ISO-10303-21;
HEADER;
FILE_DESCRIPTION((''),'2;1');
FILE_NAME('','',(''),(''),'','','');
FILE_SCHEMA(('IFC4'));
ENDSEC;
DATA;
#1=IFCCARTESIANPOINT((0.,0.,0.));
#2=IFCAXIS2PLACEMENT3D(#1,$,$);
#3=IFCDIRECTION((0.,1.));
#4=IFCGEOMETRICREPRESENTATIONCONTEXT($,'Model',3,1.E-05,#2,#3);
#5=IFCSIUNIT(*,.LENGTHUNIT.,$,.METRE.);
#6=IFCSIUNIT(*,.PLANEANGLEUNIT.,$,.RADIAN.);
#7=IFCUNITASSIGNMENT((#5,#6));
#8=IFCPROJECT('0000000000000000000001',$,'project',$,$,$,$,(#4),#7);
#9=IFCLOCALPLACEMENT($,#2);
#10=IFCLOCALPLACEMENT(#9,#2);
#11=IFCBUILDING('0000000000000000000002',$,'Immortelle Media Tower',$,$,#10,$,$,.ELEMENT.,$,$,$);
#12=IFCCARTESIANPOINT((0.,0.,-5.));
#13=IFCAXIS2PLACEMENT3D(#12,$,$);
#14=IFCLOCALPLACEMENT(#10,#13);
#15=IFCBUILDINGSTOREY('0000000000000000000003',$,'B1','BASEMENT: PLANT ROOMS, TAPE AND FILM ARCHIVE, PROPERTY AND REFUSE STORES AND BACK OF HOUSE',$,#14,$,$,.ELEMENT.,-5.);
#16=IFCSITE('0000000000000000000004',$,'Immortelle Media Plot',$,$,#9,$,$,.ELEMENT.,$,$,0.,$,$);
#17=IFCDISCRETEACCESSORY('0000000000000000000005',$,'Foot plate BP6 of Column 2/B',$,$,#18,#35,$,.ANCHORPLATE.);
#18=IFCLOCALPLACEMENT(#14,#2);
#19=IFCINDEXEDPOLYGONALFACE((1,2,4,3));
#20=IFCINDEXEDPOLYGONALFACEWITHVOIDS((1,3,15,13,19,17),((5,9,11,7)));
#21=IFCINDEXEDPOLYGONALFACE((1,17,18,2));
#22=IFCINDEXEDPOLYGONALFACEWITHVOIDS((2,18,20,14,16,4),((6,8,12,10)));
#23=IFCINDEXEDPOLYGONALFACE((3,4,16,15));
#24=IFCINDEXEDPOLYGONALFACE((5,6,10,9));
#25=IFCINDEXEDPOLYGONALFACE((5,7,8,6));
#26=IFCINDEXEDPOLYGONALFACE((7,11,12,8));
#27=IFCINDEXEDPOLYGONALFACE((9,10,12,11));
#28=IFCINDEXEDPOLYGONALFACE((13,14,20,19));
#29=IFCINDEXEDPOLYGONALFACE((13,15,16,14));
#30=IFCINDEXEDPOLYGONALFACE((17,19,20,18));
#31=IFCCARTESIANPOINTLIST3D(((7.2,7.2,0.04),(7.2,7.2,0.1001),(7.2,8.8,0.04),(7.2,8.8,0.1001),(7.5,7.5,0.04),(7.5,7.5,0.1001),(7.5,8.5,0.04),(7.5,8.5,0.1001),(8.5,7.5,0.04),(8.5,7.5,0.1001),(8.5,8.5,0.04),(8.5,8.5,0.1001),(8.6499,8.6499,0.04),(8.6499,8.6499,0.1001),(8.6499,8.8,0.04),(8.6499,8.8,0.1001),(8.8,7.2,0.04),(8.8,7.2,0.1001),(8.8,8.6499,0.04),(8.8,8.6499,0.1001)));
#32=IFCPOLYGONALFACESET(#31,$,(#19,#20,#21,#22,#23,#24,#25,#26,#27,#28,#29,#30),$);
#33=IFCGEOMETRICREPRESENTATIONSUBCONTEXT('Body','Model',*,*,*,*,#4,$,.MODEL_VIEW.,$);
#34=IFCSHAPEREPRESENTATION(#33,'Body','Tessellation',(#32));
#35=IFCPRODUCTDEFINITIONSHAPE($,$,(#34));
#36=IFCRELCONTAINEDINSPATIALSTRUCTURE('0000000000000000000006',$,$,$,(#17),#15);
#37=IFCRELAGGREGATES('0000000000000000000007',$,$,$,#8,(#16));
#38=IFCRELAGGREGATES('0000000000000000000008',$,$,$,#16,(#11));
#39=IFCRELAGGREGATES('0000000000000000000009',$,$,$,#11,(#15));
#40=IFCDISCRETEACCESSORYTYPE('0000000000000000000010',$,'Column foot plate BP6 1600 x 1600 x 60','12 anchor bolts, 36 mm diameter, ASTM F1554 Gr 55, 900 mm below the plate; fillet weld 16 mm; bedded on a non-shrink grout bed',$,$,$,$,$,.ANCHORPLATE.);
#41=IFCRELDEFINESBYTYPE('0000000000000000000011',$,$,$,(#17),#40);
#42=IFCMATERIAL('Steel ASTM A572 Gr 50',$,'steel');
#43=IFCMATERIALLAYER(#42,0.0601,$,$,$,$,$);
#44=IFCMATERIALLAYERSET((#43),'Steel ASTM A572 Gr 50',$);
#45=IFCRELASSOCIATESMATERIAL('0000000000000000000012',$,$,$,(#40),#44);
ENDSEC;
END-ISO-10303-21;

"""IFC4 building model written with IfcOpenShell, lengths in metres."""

from ifc_helpers import new_model, si_unit, direction, frame, origin, place, context, subcontext, project, spatial, polyline, outline, extrude, material, layer, layer_set, type_object, element, save


model = new_model("IFC4")

# Units and contexts
model_context = context("Model", 3, precision=1e-05, world=origin(), true_north=direction((0.0, 1.0)))
body_context = subcontext(model_context, "Body", "Model", "MODEL_VIEW")
ifc_project = project(units=[si_unit("LENGTHUNIT", "METRE"), si_unit("PLANEANGLEUNIT", "RADIAN")], contexts=[model_context])

# Site, building, storey
site_placement = place(None, origin())
site = spatial("IfcSite", under=ifc_project, at=site_placement, Name="Immortelle Media Plot", CompositionType="ELEMENT", RefElevation=0.0)
building_placement = place(site_placement, origin())
building = spatial("IfcBuilding", under=site, at=building_placement, Name="Immortelle Media Tower", CompositionType="ELEMENT")
storey_placement = place(building_placement, frame((0.0, 0.0, -5.0)))
storey = spatial("IfcBuildingStorey", under=building, at=storey_placement, Name="B1", Description="BASEMENT: PLANT ROOMS, TAPE AND FILM ARCHIVE, PROPERTY AND REFUSE STORES AND BACK OF HOUSE", CompositionType="ELEMENT", Elevation=-5.0)

# Shared definitions
ifc_material_1 = material(Name="Steel ASTM A572 Gr 50", Category="steel")

# Discrete accessory
ifc_layer_1 = layer(ifc_material_1, 0.0601)
ifc_layer_set_1 = layer_set([ifc_layer_1], Name="Steel ASTM A572 Gr 50")
discrete_accessory_type = type_object("IfcDiscreteAccessoryType", Name="Column foot plate BP6 1600 x 1600 x 60", Description="12 anchor bolts, 36 mm diameter, ASTM F1554 Gr 55, 900 mm below the plate; fillet weld 16 mm; bedded on a non-shrink grout bed", PredefinedType="ANCHORPLATE", material=ifc_layer_set_1)
discrete_accessory_placement = place(storey_placement, frame((8.0, 8.0, 0.04), z_axis=(0.0, 0.0, 1.0), x_axis=(1.0, 0.0, 0.0)))
element("IfcDiscreteAccessory", 1, at=discrete_accessory_placement, inside=storey, type_object=discrete_accessory_type, Name="Foot plate BP6 of Column 2/B", PredefinedType="ANCHORPLATE", context=body_context, shape_type="SweptSolid", body=[
    extrude(outline(polyline([(-0.8, -0.8), (0.8, -0.8), (0.8, 0.6499), (0.6499, 0.6499), (0.6499, 0.8), (-0.8, 0.8), (-0.8, -0.8)]), holes=[polyline([(0.5, 0.5), (0.5, -0.5), (-0.5, -0.5), (-0.5, 0.5), (0.5, 0.5)])]), origin(), (0.0, 0.0, 1.0), 0.0601),
])

save(model, "model.ifc")
